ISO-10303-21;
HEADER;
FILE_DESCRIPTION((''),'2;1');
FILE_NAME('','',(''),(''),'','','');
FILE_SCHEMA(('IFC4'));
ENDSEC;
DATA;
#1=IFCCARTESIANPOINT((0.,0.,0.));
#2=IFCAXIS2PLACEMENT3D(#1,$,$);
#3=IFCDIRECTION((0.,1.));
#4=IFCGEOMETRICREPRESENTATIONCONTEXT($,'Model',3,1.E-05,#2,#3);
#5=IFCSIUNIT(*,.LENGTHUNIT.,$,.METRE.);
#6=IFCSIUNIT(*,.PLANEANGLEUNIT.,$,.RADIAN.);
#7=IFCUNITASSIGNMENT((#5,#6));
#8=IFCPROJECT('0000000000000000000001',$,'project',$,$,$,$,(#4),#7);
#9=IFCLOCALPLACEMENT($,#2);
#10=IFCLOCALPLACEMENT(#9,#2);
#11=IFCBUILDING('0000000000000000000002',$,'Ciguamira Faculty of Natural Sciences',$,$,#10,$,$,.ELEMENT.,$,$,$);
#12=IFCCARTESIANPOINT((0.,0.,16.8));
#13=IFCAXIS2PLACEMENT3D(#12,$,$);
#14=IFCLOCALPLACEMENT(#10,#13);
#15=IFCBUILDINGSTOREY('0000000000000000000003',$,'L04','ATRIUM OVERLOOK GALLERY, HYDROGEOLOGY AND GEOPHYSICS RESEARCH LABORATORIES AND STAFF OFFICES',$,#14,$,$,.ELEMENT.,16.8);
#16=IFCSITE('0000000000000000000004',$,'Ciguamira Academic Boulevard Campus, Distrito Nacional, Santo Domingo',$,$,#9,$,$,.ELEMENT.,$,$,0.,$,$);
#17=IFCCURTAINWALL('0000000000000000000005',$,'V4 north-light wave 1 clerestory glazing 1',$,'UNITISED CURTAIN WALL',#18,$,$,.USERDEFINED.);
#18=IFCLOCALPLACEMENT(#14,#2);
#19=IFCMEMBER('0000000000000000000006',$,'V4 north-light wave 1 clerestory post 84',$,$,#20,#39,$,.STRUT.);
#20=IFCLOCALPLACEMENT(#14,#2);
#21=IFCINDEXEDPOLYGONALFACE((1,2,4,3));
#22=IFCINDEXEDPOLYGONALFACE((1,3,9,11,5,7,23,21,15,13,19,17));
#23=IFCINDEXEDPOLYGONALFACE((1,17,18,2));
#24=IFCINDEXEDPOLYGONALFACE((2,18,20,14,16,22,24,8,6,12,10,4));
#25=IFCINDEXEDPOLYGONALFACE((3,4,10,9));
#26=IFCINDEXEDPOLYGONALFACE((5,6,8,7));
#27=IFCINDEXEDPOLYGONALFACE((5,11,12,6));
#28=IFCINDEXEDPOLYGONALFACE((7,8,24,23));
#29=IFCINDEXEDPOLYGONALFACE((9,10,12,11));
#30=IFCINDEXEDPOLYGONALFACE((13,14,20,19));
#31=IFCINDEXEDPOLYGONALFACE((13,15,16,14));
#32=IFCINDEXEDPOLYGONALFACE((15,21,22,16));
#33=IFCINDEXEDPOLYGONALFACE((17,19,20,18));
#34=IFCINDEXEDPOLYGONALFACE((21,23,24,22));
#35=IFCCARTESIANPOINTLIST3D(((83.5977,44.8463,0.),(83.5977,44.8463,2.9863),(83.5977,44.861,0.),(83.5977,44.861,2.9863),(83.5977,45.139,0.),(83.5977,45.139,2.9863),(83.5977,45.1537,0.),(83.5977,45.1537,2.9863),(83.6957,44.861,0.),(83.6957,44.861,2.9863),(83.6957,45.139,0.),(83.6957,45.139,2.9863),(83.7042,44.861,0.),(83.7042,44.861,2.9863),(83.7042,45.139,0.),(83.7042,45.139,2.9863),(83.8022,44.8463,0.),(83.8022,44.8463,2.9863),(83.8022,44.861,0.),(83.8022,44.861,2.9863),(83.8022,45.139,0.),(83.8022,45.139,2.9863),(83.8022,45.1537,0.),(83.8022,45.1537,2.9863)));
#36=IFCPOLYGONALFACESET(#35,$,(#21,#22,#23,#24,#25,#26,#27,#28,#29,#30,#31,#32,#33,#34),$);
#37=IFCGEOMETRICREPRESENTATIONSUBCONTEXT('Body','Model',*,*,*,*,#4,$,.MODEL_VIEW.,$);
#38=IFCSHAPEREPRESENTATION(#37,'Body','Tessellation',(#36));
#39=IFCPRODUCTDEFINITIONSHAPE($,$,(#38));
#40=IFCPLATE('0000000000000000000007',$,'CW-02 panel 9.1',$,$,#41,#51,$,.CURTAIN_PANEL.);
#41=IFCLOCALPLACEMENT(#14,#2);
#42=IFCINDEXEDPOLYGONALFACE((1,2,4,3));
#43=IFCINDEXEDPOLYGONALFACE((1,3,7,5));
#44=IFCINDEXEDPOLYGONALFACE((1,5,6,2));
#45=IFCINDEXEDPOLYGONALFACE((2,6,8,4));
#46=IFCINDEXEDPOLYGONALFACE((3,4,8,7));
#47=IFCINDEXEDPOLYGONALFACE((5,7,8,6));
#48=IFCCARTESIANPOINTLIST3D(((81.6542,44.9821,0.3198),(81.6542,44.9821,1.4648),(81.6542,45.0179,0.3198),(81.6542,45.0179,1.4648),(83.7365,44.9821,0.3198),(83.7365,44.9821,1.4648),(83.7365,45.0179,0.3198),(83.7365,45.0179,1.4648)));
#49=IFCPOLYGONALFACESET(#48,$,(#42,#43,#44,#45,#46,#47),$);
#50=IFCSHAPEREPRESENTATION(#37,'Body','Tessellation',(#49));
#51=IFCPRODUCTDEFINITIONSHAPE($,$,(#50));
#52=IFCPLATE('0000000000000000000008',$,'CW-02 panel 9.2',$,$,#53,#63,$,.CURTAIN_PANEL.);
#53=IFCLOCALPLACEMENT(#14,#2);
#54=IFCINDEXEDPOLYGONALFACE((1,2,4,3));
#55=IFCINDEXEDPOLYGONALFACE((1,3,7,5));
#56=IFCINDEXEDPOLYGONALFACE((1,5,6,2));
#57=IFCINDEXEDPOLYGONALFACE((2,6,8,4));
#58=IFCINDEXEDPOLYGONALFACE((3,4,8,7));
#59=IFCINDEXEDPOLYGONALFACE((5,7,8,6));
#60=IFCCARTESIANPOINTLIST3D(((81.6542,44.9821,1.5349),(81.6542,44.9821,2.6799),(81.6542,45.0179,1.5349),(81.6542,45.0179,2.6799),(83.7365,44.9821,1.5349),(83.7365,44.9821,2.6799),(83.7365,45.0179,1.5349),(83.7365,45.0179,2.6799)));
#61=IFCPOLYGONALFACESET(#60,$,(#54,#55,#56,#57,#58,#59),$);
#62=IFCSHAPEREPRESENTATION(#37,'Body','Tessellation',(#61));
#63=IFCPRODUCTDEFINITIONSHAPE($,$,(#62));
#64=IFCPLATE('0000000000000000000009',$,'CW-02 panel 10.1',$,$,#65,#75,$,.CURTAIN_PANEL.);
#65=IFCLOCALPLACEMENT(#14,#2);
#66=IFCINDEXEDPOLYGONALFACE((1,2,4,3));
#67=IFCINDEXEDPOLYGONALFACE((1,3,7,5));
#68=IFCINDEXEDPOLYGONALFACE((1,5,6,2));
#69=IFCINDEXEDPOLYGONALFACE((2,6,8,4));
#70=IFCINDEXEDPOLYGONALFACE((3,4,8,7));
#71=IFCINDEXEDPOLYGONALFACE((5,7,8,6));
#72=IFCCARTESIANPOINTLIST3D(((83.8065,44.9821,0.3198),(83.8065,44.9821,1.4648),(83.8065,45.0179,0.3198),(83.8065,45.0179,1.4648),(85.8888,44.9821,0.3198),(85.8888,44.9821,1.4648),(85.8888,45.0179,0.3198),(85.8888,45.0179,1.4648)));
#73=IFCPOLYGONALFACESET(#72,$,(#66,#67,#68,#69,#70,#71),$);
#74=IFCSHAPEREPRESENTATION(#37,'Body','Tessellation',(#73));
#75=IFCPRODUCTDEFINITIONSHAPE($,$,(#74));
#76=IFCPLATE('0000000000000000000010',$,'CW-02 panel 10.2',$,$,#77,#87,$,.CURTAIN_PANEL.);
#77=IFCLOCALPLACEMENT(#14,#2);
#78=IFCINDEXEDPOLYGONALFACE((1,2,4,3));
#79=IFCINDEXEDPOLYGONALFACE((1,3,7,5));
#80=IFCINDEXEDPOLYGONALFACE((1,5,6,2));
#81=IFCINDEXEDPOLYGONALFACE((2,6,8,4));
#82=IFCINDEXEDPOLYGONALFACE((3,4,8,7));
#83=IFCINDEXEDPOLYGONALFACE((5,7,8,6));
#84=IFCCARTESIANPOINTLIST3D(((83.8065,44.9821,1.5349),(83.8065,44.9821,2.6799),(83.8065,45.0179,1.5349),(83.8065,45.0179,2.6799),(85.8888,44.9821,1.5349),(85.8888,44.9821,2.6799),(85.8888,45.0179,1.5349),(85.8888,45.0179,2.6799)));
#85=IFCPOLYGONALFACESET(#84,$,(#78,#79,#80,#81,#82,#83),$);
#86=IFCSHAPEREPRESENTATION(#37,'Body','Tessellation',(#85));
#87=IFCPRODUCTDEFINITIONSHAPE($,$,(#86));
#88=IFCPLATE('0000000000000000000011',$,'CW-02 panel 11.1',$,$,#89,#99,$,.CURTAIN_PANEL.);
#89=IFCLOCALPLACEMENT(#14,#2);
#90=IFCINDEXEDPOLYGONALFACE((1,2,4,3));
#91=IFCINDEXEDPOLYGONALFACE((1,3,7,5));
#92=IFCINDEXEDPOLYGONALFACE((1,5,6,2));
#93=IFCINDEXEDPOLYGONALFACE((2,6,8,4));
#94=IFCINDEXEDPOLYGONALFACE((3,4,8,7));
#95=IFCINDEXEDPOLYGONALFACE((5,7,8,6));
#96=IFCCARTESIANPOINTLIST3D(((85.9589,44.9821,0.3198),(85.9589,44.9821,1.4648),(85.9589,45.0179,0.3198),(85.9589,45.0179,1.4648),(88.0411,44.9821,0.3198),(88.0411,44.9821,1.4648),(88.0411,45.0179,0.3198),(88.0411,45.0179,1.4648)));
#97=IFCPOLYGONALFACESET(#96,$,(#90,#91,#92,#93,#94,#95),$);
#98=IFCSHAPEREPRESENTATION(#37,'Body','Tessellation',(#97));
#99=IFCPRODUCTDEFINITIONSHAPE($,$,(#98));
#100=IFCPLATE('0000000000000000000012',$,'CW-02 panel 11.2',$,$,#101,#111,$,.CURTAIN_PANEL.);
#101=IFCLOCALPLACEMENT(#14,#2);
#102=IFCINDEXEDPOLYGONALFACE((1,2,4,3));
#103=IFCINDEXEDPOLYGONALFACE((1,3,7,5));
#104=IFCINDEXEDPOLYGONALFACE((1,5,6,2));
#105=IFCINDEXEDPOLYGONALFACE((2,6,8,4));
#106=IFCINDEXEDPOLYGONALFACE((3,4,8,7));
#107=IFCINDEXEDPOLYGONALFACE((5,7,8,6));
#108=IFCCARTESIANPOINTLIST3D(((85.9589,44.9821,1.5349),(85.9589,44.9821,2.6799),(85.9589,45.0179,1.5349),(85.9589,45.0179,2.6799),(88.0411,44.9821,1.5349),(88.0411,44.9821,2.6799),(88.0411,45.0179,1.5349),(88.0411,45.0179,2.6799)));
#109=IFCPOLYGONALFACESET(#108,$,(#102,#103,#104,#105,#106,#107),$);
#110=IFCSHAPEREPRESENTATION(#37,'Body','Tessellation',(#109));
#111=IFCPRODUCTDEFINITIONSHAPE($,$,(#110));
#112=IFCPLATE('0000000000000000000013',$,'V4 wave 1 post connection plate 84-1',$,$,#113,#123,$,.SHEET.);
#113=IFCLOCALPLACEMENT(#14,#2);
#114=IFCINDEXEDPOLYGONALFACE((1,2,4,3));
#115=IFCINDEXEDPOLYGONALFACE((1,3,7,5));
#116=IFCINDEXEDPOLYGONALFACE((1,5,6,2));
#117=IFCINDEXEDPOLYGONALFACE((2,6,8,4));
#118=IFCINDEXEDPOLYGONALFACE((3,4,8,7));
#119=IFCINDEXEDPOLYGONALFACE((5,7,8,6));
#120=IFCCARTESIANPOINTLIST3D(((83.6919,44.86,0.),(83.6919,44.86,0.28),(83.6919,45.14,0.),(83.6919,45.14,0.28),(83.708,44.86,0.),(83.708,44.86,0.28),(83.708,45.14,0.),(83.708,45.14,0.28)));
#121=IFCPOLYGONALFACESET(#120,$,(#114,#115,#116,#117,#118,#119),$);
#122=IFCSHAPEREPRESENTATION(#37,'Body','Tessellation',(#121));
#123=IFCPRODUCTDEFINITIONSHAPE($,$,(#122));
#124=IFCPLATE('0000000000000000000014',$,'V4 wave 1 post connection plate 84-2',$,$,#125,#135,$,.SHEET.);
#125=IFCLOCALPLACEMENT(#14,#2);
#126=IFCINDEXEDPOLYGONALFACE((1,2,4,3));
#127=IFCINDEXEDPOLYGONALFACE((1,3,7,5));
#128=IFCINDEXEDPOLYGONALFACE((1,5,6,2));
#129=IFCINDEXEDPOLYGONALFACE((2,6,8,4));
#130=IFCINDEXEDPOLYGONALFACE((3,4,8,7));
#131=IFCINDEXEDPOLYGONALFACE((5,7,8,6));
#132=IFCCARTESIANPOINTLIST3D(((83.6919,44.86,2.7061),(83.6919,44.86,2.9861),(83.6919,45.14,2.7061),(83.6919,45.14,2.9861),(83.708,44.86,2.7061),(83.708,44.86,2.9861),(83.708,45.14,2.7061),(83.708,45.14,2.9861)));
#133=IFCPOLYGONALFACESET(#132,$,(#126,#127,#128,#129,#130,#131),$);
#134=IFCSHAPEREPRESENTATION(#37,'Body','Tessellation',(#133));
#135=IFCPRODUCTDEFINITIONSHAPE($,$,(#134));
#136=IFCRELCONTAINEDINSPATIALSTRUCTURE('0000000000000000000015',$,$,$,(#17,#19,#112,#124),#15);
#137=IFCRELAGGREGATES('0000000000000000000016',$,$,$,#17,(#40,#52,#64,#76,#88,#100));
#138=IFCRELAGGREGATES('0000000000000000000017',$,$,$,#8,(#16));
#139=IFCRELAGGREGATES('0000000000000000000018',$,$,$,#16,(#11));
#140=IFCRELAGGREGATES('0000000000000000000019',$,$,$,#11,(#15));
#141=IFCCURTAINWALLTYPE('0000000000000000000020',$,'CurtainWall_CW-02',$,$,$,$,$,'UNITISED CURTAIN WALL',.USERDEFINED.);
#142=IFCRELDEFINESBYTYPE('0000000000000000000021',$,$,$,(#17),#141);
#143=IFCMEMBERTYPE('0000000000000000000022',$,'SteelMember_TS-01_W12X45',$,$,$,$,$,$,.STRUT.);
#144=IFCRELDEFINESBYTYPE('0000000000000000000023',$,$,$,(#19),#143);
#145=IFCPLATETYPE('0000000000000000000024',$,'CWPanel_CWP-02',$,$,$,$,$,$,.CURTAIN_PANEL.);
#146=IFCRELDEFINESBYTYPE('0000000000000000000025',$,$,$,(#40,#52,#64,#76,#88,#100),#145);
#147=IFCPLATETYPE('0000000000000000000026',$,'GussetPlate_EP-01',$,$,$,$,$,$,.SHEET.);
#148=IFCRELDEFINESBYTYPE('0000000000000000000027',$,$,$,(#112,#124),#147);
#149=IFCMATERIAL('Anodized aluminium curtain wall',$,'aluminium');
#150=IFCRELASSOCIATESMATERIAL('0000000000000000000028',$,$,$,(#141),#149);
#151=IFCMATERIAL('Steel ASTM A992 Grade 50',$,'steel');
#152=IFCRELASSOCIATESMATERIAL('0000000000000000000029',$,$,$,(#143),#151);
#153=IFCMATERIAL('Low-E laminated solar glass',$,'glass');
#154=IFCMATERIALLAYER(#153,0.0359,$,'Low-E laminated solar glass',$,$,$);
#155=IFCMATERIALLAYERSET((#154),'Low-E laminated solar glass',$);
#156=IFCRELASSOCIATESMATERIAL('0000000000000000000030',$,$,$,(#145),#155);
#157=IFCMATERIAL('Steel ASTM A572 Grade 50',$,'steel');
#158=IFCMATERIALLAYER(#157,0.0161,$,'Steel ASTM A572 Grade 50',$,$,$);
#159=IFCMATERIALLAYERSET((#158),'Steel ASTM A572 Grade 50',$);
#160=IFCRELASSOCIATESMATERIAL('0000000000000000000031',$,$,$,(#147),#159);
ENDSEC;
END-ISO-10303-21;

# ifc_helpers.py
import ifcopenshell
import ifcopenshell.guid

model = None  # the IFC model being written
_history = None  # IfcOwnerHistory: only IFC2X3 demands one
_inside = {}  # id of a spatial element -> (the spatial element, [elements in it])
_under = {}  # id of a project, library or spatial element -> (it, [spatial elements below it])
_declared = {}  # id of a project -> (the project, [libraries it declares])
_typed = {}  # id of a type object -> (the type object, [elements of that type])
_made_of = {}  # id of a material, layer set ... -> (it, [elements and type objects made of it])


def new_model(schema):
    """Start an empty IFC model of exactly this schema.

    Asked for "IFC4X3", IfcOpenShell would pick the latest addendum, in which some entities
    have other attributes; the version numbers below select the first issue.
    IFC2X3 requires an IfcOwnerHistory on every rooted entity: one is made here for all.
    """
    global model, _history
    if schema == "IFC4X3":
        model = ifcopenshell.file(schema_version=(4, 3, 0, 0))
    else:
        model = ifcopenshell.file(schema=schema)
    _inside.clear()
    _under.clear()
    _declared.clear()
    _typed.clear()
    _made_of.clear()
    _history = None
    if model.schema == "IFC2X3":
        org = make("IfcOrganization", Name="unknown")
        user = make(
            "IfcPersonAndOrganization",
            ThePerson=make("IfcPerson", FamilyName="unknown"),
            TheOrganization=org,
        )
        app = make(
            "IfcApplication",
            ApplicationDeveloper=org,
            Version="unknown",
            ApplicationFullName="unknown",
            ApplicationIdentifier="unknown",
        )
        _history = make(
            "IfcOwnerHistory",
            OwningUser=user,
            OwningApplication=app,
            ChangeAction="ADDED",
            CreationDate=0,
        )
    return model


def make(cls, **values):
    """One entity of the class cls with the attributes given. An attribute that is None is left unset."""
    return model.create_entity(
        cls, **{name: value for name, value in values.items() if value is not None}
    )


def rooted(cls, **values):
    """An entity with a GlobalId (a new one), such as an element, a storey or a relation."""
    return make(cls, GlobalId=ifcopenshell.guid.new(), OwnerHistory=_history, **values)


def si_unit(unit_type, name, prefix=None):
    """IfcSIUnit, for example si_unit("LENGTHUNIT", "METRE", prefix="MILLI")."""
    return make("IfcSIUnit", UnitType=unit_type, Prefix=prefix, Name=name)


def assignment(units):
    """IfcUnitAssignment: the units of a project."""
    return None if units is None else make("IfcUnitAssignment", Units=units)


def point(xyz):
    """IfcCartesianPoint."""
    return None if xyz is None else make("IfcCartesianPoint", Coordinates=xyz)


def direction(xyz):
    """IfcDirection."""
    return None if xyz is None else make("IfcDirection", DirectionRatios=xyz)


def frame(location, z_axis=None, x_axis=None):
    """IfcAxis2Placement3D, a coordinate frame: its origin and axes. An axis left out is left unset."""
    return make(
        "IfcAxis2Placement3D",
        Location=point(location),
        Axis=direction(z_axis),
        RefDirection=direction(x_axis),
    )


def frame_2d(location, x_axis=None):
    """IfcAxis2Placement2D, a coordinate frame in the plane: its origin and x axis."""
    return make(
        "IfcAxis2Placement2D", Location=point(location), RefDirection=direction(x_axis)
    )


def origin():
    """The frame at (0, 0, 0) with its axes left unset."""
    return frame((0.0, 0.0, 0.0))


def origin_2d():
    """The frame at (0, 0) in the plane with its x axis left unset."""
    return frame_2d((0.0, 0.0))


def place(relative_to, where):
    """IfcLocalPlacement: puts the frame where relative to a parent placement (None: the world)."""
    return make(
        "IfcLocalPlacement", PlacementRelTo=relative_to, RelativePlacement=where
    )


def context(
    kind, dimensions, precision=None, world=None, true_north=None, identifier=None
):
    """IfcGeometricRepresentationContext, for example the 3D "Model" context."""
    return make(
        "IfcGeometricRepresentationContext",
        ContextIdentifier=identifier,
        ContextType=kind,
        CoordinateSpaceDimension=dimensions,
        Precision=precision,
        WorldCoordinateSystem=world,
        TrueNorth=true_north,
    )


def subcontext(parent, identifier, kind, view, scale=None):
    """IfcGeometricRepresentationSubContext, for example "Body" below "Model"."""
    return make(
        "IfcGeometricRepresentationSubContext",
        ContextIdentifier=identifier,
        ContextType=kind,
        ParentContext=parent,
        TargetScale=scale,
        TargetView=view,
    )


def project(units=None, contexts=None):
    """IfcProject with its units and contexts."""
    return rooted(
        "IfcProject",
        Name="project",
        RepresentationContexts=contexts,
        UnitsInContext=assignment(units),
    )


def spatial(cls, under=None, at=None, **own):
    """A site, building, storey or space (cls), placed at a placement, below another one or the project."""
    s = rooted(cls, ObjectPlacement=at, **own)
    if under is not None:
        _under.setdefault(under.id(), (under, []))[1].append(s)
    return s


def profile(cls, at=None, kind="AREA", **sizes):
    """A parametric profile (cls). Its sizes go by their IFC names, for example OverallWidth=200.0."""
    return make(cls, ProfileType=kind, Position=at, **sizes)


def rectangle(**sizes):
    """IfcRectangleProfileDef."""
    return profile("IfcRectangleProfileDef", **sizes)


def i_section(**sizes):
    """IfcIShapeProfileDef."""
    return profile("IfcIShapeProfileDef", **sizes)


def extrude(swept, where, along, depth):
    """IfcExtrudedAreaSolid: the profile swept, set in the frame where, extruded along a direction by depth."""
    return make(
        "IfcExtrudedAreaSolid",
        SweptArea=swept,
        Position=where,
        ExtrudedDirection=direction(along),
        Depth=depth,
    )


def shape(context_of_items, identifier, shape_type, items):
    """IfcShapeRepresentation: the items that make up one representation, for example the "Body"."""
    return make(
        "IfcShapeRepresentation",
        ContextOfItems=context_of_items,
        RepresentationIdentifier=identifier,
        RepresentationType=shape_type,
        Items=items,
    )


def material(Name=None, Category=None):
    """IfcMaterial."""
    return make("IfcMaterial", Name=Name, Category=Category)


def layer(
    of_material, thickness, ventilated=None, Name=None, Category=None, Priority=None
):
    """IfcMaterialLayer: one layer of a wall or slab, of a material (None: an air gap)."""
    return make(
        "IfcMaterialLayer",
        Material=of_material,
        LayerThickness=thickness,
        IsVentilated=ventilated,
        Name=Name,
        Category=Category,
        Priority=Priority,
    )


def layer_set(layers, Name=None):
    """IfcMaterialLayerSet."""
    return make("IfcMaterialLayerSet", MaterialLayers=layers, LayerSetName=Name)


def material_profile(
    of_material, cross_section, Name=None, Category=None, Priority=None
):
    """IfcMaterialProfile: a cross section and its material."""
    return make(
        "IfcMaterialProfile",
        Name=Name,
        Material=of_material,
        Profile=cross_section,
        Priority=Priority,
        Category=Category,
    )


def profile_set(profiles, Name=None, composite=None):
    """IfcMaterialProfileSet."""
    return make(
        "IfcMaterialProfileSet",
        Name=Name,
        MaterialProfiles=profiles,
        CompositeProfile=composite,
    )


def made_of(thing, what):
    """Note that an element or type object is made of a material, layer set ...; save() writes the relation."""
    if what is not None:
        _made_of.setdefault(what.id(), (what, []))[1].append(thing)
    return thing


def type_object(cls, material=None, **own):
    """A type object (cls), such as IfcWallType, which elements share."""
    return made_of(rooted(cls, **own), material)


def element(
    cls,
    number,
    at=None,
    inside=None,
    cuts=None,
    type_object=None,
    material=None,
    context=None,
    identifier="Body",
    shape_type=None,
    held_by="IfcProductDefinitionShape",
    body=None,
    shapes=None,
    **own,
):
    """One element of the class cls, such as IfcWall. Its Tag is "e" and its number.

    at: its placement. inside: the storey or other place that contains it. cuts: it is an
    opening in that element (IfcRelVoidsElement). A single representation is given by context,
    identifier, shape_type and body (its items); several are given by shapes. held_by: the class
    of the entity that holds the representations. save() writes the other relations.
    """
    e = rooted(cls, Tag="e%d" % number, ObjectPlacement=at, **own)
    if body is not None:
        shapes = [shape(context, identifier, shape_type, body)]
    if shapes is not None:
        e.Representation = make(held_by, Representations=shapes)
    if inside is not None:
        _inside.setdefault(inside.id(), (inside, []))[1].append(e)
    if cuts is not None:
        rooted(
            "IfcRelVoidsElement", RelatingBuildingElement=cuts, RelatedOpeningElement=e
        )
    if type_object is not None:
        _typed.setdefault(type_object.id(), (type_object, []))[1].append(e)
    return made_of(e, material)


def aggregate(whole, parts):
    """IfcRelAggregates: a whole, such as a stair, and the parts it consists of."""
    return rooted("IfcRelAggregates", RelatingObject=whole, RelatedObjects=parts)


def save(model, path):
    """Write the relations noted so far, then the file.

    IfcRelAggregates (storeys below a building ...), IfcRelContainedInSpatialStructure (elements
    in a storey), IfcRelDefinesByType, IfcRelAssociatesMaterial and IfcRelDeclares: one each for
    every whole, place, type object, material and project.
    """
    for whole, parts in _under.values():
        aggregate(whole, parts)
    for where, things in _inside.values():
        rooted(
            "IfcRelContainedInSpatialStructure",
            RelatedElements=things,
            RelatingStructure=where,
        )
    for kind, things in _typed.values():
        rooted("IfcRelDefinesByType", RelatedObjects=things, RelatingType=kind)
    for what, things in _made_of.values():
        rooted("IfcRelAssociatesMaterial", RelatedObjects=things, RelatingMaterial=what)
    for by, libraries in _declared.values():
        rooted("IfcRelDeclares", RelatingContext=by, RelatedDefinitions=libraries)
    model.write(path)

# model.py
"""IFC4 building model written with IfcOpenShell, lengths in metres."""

from ifc_helpers import new_model, si_unit, direction, frame, origin, origin_2d, place, context, subcontext, project, spatial, rectangle, i_section, extrude, material, layer, layer_set, material_profile, profile_set, type_object, element, aggregate, save


model = new_model("IFC4")

# Units and contexts
model_context = context("Model", 3, precision=1e-05, world=origin(), true_north=direction((0.0, 1.0)))
body_context = subcontext(model_context, "Body", "Model", "MODEL_VIEW")
ifc_project = project(units=[si_unit("LENGTHUNIT", "METRE"), si_unit("PLANEANGLEUNIT", "RADIAN")], contexts=[model_context])

# Site, building, storey
site_placement = place(None, origin())
site = spatial("IfcSite", under=ifc_project, at=site_placement, Name="Ciguamira Academic Boulevard Campus, Distrito Nacional, Santo Domingo", CompositionType="ELEMENT", RefElevation=0.0)
building_placement = place(site_placement, origin())
building = spatial("IfcBuilding", under=site, at=building_placement, Name="Ciguamira Faculty of Natural Sciences", CompositionType="ELEMENT")
storey_placement = place(building_placement, frame((0.0, 0.0, 16.8)))
storey = spatial("IfcBuildingStorey", under=building, at=storey_placement, Name="L04", Description="ATRIUM OVERLOOK GALLERY, HYDROGEOLOGY AND GEOPHYSICS RESEARCH LABORATORIES AND STAFF OFFICES", CompositionType="ELEMENT", Elevation=16.8)

# Curtain wall
ifc_material_1 = material(Name="Anodized aluminium curtain wall", Category="aluminium")
curtain_wall_type_1 = type_object("IfcCurtainWallType", Name="CurtainWall_CW-02", ElementType="UNITISED CURTAIN WALL", PredefinedType="USERDEFINED", material=ifc_material_1)
curtain_wall_1_placement = place(storey_placement, origin())
curtain_wall_1 = element("IfcCurtainWall", 1, at=curtain_wall_1_placement, inside=storey, type_object=curtain_wall_type_1, Name="V4 north-light wave 1 clerestory glazing 1", ObjectType="UNITISED CURTAIN WALL", PredefinedType="USERDEFINED")

# Member
ifc_material_2 = material(Name="Steel ASTM A992 Grade 50", Category="steel")
ifc_material_profile_1 = material_profile(ifc_material_2, i_section(OverallWidth=0.2046, OverallDepth=0.3074, WebThickness=0.0085, FlangeThickness=0.0146, at=origin_2d()), Name="W12X45")
ifc_profile_set_1 = profile_set([ifc_material_profile_1], Name="Steel ASTM A992 Grade 50")
member_type_1 = type_object("IfcMemberType", Name="SteelMember_TS-01_W12X45", PredefinedType="STRUT", material=ifc_profile_set_1)
member_1_placement = place(storey_placement, frame((83.7, 45.0, 0.0), z_axis=(0.0, 0.0, 1.0), x_axis=(1.0, 0.0, 0.0)))
element("IfcMember", 2, at=member_1_placement, inside=storey, type_object=member_type_1, Name="V4 north-light wave 1 clerestory post 84", PredefinedType="STRUT", context=body_context, shape_type="SweptSolid", body=[
    extrude(i_section(OverallWidth=0.2046, OverallDepth=0.3074, WebThickness=0.0085, FlangeThickness=0.0146, at=origin_2d()), origin(), (0.0, 0.0, 1.0), 2.9863),
])

# Plates
ifc_material_3 = material(Name="Low-E laminated solar glass", Category="glass")
ifc_layer_1 = layer(ifc_material_3, 0.0359, Name="Low-E laminated solar glass")
ifc_layer_set_1 = layer_set([ifc_layer_1], Name="Low-E laminated solar glass")
plate_type_1 = type_object("IfcPlateType", Name="CWPanel_CWP-02", PredefinedType="CURTAIN_PANEL", material=ifc_layer_set_1)
plate_1_placement = place(storey_placement, frame((82.6953, 45.0, 0.3198), z_axis=(0.0, 0.0, 1.0), x_axis=(1.0, 0.0, 0.0)))
plate_1 = element("IfcPlate", 3, at=plate_1_placement, type_object=plate_type_1, Name="CW-02 panel 9.1", PredefinedType="CURTAIN_PANEL", context=body_context, shape_type="SweptSolid", body=[
    extrude(rectangle(XDim=2.0823, YDim=0.0359, at=origin_2d()), origin(), (0.0, 0.0, 1.0), 1.145),
])
plate_2_placement = place(storey_placement, frame((82.6953, 45.0, 1.5349), z_axis=(0.0, 0.0, 1.0), x_axis=(1.0, 0.0, 0.0)))
plate_2 = element("IfcPlate", 4, at=plate_2_placement, type_object=plate_type_1, Name="CW-02 panel 9.2", PredefinedType="CURTAIN_PANEL", context=body_context, shape_type="SweptSolid", body=[
    extrude(rectangle(XDim=2.0823, YDim=0.0359, at=origin_2d()), origin(), (0.0, 0.0, 1.0), 1.145),
])
plate_3_placement = place(storey_placement, frame((84.8477, 45.0, 0.3198), z_axis=(0.0, 0.0, 1.0), x_axis=(1.0, 0.0, 0.0)))
plate_3 = element("IfcPlate", 5, at=plate_3_placement, type_object=plate_type_1, Name="CW-02 panel 10.1", PredefinedType="CURTAIN_PANEL", context=body_context, shape_type="SweptSolid", body=[
    extrude(rectangle(XDim=2.0823, YDim=0.0359, at=origin_2d()), origin(), (0.0, 0.0, 1.0), 1.145),
])
plate_4_placement = place(storey_placement, frame((84.8477, 45.0, 1.5349), z_axis=(0.0, 0.0, 1.0), x_axis=(1.0, 0.0, 0.0)))
plate_4 = element("IfcPlate", 6, at=plate_4_placement, type_object=plate_type_1, Name="CW-02 panel 10.2", PredefinedType="CURTAIN_PANEL", context=body_context, shape_type="SweptSolid", body=[
    extrude(rectangle(XDim=2.0823, YDim=0.0359, at=origin_2d()), origin(), (0.0, 0.0, 1.0), 1.145),
])
plate_5_placement = place(storey_placement, frame((87.0, 45.0, 0.3198), z_axis=(0.0, 0.0, 1.0), x_axis=(1.0, 0.0, 0.0)))
plate_5 = element("IfcPlate", 7, at=plate_5_placement, type_object=plate_type_1, Name="CW-02 panel 11.1", PredefinedType="CURTAIN_PANEL", context=body_context, shape_type="SweptSolid", body=[
    extrude(rectangle(XDim=2.0823, YDim=0.0359, at=origin_2d()), origin(), (0.0, 0.0, 1.0), 1.145),
])
plate_6_placement = place(storey_placement, frame((87.0, 45.0, 1.5349), z_axis=(0.0, 0.0, 1.0), x_axis=(1.0, 0.0, 0.0)))
plate_6 = element("IfcPlate", 8, at=plate_6_placement, type_object=plate_type_1, Name="CW-02 panel 11.2", PredefinedType="CURTAIN_PANEL", context=body_context, shape_type="SweptSolid", body=[
    extrude(rectangle(XDim=2.0823, YDim=0.0359, at=origin_2d()), origin(), (0.0, 0.0, 1.0), 1.145),
])
aggregate(curtain_wall_1, [plate_1, plate_2, plate_3, plate_4, plate_5, plate_6])

# Plates
ifc_material_4 = material(Name="Steel ASTM A572 Grade 50", Category="steel")
ifc_layer_2 = layer(ifc_material_4, 0.0161, Name="Steel ASTM A572 Grade 50")
ifc_layer_set_2 = layer_set([ifc_layer_2], Name="Steel ASTM A572 Grade 50")
plate_type_2 = type_object("IfcPlateType", Name="GussetPlate_EP-01", PredefinedType="SHEET", material=ifc_layer_set_2)
for number, where, z_axis, x_axis, name in (
    (9, (83.7, 45.0, 0.0), (0.0, 0.0, 1.0), (1.0, 0.0, 0.0), "V4 wave 1 post connection plate 84-1"),
    (10, (83.7, 45.0, 2.7061), (0.0, 0.0, 1.0), (1.0, 0.0, 0.0), "V4 wave 1 post connection plate 84-2"),
):
    element("IfcPlate", number, at=place(storey_placement, frame(where, z_axis=z_axis, x_axis=x_axis)), inside=storey, type_object=plate_type_2, Name=name, PredefinedType="SHEET", context=body_context, shape_type="SweptSolid", body=[
        extrude(rectangle(XDim=0.0161, YDim=0.28, at=origin_2d()), origin(), (0.0, 0.0, 1.0), 0.28),
    ])

save(model, "model.ifc")
